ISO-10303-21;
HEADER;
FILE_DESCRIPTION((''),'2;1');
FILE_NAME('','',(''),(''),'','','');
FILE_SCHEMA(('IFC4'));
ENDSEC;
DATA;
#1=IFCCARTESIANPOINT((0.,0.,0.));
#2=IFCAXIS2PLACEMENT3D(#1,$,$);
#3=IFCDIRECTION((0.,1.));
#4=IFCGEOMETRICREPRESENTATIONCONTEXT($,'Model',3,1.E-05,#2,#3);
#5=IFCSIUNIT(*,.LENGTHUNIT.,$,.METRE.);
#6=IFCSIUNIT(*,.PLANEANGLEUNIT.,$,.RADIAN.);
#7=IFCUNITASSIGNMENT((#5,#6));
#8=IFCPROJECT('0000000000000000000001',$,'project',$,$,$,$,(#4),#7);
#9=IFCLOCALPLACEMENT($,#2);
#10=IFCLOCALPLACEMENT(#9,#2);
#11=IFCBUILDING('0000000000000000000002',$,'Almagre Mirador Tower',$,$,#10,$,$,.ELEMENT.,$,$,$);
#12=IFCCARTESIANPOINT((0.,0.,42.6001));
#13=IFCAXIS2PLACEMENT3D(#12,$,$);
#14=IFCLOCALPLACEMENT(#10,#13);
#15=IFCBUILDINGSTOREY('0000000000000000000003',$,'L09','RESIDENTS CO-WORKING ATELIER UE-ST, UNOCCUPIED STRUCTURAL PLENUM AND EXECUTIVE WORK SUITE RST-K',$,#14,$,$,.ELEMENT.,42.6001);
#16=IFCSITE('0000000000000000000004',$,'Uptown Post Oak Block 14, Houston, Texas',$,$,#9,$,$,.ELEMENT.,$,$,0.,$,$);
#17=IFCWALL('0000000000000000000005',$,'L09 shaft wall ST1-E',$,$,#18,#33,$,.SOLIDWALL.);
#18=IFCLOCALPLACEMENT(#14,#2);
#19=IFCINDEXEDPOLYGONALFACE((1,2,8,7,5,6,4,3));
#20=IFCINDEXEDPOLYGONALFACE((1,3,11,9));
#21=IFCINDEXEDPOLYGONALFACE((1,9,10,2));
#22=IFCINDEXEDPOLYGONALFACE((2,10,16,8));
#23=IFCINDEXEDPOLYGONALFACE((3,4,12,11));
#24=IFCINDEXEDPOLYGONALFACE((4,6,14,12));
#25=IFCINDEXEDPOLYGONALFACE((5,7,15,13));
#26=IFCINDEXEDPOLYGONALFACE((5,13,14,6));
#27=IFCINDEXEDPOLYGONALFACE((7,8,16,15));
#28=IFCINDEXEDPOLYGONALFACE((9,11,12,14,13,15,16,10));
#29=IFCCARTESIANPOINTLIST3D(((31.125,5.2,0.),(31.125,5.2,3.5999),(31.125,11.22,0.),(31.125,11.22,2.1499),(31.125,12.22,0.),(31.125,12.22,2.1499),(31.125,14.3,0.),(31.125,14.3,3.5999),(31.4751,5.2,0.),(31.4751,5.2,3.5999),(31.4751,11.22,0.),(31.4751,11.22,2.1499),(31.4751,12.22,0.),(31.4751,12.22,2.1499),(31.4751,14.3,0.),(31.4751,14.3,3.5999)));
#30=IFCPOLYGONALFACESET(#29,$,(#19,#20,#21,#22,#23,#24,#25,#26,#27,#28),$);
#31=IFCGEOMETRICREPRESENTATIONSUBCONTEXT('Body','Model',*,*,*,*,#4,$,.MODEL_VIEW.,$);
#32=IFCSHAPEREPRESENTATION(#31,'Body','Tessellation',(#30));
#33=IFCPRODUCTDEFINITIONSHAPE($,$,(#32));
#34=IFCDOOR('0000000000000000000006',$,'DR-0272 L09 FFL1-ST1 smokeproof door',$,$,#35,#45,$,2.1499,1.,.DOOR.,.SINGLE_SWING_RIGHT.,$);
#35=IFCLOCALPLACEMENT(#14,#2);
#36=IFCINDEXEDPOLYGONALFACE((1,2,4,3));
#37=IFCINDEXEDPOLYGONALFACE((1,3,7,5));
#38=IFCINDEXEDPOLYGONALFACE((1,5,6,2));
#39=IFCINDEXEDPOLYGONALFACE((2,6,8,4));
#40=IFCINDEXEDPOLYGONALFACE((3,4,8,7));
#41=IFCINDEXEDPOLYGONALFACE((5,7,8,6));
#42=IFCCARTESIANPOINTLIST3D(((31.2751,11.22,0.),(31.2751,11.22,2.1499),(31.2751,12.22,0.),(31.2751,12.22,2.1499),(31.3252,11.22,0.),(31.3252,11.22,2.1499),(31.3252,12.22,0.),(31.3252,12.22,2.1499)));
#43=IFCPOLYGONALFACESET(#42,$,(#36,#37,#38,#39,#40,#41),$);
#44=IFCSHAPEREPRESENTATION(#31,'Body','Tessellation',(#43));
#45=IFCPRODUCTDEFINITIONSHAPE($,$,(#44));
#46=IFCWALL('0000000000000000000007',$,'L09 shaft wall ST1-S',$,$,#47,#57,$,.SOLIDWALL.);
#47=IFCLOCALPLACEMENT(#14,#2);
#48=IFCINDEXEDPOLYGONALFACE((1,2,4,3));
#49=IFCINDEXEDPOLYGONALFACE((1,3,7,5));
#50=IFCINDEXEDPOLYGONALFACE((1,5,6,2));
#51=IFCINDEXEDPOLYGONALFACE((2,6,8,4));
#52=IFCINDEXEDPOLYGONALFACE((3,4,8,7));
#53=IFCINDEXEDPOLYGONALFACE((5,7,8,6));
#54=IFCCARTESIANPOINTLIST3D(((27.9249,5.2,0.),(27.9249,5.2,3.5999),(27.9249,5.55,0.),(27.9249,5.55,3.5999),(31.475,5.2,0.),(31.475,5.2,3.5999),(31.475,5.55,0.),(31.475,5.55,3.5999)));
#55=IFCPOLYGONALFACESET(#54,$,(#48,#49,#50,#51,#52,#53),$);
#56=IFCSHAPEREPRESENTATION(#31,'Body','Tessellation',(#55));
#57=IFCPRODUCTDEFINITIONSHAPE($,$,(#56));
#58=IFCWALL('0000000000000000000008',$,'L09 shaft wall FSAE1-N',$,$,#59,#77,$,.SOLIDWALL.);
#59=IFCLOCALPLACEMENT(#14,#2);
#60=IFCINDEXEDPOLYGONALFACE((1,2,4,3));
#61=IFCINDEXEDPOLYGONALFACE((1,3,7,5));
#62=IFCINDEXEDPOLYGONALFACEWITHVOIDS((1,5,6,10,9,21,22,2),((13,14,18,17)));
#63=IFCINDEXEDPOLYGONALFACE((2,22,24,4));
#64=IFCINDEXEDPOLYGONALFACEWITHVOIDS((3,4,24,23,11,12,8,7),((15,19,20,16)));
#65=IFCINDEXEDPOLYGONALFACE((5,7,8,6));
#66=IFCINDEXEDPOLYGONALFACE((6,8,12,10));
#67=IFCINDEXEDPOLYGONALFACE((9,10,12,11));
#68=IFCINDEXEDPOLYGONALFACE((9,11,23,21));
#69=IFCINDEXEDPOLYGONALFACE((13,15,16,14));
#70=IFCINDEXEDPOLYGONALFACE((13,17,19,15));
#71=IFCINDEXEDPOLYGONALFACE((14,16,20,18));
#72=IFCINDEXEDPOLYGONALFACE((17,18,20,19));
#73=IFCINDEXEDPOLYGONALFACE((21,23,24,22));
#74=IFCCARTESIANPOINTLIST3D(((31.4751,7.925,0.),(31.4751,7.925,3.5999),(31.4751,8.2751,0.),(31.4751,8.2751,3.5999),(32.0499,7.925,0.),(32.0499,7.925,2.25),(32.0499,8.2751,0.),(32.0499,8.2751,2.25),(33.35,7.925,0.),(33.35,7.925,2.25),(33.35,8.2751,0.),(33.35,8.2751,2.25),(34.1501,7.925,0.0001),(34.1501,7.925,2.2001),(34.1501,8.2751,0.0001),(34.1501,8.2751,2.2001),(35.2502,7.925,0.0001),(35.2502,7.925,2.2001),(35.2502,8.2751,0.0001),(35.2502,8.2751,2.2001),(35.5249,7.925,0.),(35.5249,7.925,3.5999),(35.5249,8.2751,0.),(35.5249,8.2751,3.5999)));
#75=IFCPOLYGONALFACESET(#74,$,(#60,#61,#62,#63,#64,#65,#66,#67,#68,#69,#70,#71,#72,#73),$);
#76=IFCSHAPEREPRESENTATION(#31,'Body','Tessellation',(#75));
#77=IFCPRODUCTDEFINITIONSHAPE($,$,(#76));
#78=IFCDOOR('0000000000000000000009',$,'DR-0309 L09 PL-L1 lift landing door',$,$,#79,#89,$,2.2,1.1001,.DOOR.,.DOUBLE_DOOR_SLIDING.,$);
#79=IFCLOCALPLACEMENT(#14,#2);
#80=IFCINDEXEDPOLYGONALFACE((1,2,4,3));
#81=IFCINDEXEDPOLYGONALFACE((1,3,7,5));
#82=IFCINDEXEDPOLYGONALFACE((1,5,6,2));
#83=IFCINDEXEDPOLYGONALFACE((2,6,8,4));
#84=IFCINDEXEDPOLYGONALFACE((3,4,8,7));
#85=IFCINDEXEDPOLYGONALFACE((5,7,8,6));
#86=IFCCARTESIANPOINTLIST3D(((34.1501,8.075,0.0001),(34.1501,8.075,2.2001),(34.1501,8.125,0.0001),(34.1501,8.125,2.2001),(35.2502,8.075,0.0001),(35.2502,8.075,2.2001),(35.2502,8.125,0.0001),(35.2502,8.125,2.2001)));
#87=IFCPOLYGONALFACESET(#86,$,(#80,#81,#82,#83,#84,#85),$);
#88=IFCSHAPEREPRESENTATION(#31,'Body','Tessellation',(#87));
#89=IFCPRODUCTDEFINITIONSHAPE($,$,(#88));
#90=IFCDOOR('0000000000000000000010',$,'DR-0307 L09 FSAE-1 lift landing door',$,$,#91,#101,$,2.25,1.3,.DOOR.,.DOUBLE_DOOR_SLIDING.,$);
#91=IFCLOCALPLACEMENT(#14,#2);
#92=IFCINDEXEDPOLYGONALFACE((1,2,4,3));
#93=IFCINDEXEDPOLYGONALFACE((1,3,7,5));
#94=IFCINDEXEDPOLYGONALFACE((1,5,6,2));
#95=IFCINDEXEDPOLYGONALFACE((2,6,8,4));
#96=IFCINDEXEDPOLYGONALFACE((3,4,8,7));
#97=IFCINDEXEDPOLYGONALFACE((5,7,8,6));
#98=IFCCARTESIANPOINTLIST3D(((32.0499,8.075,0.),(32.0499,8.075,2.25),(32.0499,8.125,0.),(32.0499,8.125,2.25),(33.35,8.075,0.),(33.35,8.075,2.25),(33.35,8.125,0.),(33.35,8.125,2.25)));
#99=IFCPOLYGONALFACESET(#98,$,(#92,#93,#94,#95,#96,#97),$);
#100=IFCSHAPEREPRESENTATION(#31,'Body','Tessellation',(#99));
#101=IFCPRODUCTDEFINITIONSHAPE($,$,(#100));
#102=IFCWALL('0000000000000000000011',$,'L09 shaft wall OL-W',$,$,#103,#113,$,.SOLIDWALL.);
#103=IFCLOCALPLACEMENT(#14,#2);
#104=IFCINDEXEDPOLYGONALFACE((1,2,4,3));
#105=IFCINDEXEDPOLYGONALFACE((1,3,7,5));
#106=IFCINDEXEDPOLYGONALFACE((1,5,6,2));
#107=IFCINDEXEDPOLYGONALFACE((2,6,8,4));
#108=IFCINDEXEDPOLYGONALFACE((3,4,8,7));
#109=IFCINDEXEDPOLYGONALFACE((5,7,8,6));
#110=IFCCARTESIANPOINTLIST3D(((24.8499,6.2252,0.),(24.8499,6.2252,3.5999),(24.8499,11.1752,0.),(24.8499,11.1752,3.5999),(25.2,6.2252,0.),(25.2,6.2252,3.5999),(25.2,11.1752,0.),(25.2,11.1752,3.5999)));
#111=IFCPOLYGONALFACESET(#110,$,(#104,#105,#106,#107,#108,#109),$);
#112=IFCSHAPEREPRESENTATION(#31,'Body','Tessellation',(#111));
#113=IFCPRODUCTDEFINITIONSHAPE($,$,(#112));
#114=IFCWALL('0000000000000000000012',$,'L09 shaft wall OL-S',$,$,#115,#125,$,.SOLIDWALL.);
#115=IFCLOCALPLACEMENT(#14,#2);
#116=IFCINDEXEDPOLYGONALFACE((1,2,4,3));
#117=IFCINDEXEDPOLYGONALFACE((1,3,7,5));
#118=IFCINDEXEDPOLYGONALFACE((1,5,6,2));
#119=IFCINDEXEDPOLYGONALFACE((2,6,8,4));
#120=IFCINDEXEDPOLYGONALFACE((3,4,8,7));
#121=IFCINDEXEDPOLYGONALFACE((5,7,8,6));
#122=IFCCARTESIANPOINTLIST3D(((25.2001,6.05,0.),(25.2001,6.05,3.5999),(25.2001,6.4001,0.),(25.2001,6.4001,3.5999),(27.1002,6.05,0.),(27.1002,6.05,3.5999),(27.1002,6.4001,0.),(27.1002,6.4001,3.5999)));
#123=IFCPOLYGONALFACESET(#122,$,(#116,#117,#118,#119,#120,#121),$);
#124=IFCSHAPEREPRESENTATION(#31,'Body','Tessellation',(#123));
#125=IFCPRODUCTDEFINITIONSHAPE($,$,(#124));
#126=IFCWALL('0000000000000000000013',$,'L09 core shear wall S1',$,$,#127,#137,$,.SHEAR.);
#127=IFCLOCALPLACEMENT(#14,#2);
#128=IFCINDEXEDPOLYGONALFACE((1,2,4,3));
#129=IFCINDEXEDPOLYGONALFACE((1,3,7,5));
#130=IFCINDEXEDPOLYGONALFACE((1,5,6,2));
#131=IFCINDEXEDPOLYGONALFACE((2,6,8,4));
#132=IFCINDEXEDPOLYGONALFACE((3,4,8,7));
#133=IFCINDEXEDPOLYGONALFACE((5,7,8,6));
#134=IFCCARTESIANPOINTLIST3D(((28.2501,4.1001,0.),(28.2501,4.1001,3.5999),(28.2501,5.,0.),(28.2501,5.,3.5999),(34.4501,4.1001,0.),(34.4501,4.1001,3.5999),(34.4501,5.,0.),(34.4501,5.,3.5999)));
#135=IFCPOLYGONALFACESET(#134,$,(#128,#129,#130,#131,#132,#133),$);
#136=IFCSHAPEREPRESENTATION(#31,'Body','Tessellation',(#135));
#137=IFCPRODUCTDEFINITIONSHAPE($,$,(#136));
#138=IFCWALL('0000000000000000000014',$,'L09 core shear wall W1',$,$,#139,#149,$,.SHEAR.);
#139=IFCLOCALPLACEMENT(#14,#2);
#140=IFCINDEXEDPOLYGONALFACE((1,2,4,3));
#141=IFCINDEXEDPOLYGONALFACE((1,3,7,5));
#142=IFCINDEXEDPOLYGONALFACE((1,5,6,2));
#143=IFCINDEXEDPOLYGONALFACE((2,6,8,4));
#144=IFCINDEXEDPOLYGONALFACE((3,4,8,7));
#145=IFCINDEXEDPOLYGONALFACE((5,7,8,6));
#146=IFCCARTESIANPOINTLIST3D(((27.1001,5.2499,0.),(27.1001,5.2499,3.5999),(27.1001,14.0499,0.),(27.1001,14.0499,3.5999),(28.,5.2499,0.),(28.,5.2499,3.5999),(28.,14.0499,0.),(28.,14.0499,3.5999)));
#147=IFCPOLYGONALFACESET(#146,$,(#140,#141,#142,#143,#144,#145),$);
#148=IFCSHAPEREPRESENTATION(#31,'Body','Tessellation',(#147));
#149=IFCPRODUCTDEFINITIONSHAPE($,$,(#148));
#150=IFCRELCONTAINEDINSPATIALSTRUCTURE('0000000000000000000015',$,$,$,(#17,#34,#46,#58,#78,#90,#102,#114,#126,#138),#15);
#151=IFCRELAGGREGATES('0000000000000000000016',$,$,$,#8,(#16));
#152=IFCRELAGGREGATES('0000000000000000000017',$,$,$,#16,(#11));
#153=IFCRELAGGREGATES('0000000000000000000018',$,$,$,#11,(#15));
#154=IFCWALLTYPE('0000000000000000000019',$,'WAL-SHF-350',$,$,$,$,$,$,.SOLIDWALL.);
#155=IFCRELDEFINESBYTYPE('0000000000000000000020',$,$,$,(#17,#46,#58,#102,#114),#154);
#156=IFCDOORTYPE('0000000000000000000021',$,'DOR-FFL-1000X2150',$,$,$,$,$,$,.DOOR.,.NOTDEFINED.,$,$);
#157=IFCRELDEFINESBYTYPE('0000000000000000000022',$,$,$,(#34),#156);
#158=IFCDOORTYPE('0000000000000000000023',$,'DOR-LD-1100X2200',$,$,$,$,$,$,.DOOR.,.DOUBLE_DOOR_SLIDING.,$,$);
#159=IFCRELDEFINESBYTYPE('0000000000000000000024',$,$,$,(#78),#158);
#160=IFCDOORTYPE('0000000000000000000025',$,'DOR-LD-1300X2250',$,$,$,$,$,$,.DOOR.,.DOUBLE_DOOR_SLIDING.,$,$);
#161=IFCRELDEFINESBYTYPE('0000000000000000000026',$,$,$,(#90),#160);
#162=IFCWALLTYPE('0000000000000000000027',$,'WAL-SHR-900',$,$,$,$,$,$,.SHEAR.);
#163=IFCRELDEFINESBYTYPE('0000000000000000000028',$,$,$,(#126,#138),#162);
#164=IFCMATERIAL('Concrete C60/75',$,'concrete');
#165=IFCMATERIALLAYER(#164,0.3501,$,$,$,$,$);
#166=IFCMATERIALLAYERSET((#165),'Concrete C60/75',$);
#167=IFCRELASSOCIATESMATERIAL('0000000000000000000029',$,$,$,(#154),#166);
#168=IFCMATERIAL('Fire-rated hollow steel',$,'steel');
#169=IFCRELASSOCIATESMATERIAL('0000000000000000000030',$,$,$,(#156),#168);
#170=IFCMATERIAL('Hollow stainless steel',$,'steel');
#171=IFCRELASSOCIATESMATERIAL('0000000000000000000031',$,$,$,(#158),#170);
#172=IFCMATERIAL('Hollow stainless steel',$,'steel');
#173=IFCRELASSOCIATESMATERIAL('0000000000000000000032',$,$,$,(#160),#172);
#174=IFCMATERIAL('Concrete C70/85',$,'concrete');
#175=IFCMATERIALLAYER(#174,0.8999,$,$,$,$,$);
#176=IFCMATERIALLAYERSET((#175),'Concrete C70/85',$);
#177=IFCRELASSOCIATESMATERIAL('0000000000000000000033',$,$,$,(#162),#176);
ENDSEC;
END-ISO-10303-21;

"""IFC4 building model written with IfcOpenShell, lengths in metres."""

from ifc_helpers import new_model, si_unit, direction, frame, frame_2d, origin, place, context, subcontext, project, spatial, rectangle, extrude, material, layer, layer_set, type_object, element, fill, save


model = new_model("IFC4")

# Units and contexts
model_context = context("Model", 3, precision=1e-05, world=origin(), true_north=direction((0.0, 1.0)))
body_context = subcontext(model_context, "Body", "Model", "MODEL_VIEW")
ifc_project = project(units=[si_unit("LENGTHUNIT", "METRE"), si_unit("PLANEANGLEUNIT", "RADIAN")], contexts=[model_context])

# Site, building, storey
site_placement = place(None, origin())
site = spatial("IfcSite", under=ifc_project, at=site_placement, Name="Uptown Post Oak Block 14, Houston, Texas", CompositionType="ELEMENT", RefElevation=0.0)
building_placement = place(site_placement, origin())
building = spatial("IfcBuilding", under=site, at=building_placement, Name="Almagre Mirador Tower", CompositionType="ELEMENT")
storey_placement = place(building_placement, frame((0.0, 0.0, 42.6001)))
storey = spatial("IfcBuildingStorey", under=building, at=storey_placement, Name="L09", Description="RESIDENTS CO-WORKING ATELIER UE-ST, UNOCCUPIED STRUCTURAL PLENUM AND EXECUTIVE WORK SUITE RST-K", CompositionType="ELEMENT", Elevation=42.6001)

# Shared definitions
ifc_material_1 = material(Name="Concrete C60/75", Category="concrete")
ifc_layer_1 = layer(ifc_material_1, 0.3501)
ifc_layer_set_1 = layer_set([ifc_layer_1], Name="Concrete C60/75")
wall_type_1 = type_object("IfcWallType", Name="WAL-SHF-350", PredefinedType="SOLIDWALL", material=ifc_layer_set_1)

# Wall, opening, door
wall_1_placement = place(storey_placement, frame((31.3, 5.2, 0.0), z_axis=(0.0, 0.0, 1.0), x_axis=(0.0, 1.0, 0.0)))
wall_1 = element("IfcWall", 1, at=wall_1_placement, inside=storey, type_object=wall_type_1, Name="L09 shaft wall ST1-E", PredefinedType="SOLIDWALL", context=body_context, shape_type="SweptSolid", body=[
    extrude(rectangle(XDim=9.1001, YDim=0.3501, at=frame_2d((4.55, 0.0))), origin(), (0.0, 0.0, 1.0), 3.5999),
])
opening_1_placement = place(wall_1_placement, frame((6.02, 0.0, 0.0)))
opening_1 = element("IfcOpeningElement", 2, at=opening_1_placement, cuts=wall_1, PredefinedType="OPENING", context=body_context, shape_type="SweptSolid", body=[
    extrude(rectangle(XDim=1.0, YDim=2.1499, at=frame_2d((0.5, 1.075))), frame((0.0, 0.185, 0.0), z_axis=(0.0, -1.0, 0.0), x_axis=(1.0, 0.0, 0.0)), (0.0, 0.0, 1.0), 0.3701),
])
ifc_material_2 = material(Name="Fire-rated hollow steel", Category="steel")
door_type_1 = type_object("IfcDoorType", Name="DOR-FFL-1000X2150", OperationType="NOTDEFINED", PredefinedType="DOOR", material=ifc_material_2)
door_1_placement = place(opening_1_placement, origin())
door_1 = element("IfcDoor", 3, at=door_1_placement, inside=storey, type_object=door_type_1, Name="DR-0272 L09 FFL1-ST1 smokeproof door", OperationType="SINGLE_SWING_RIGHT", OverallHeight=2.1499, OverallWidth=1.0, PredefinedType="DOOR", context=body_context, shape_type="SweptSolid", body=[
    extrude(rectangle(XDim=1.0, YDim=2.1499, at=frame_2d((0.5, 1.075))), frame((0.0, 0.0249, 0.0), z_axis=(0.0, -1.0, 0.0), x_axis=(1.0, 0.0, 0.0)), (0.0, 0.0, 1.0), 0.05),
])
fill(opening_1, door_1)

# Wall
wall_2_placement = place(storey_placement, frame((27.925, 5.375, 0.0), z_axis=(0.0, 0.0, 1.0), x_axis=(1.0, 0.0, 0.0)))
element("IfcWall", 4, at=wall_2_placement, inside=storey, type_object=wall_type_1, Name="L09 shaft wall ST1-S", PredefinedType="SOLIDWALL", context=body_context, shape_type="SweptSolid", body=[
    extrude(rectangle(XDim=3.55, YDim=0.3501, at=frame_2d((1.7749, 0.0))), origin(), (0.0, 0.0, 1.0), 3.5999),
])

# Wall, openings, doors
wall_3_placement = place(storey_placement, frame((31.4751, 8.1001, 0.0), z_axis=(0.0, 0.0, 1.0), x_axis=(1.0, 0.0, 0.0)))
wall_3 = element("IfcWall", 5, at=wall_3_placement, inside=storey, type_object=wall_type_1, Name="L09 shaft wall FSAE1-N", PredefinedType="SOLIDWALL", context=body_context, shape_type="SweptSolid", body=[
    extrude(rectangle(XDim=4.0498, YDim=0.3501, at=frame_2d((2.0249, 0.0))), origin(), (0.0, 0.0, 1.0), 3.5999),
])
opening_2_placement = place(wall_3_placement, frame((0.575, 0.0, 0.0)))
opening_2 = element("IfcOpeningElement", 6, at=opening_2_placement, cuts=wall_3, PredefinedType="OPENING", context=body_context, shape_type="SweptSolid", body=[
    extrude(rectangle(XDim=1.3, YDim=2.25, at=frame_2d((0.6499, 1.125))), frame((0.0, 0.185, 0.0), z_axis=(0.0, -1.0, 0.0), x_axis=(1.0, 0.0, 0.0)), (0.0, 0.0, 1.0), 0.3701),
])
opening_3_placement = place(wall_3_placement, frame((2.675, 0.0, 0.0)))
opening_3 = element("IfcOpeningElement", 7, at=opening_3_placement, cuts=wall_3, PredefinedType="OPENING", context=body_context, shape_type="SweptSolid", body=[
    extrude(rectangle(XDim=1.1001, YDim=2.2, at=frame_2d((0.55, 1.1001))), frame((0.0, 0.185, 0.0), z_axis=(0.0, -1.0, 0.0), x_axis=(1.0, 0.0, 0.0)), (0.0, 0.0, 1.0), 0.3701),
])
ifc_material_3 = material(Name="Hollow stainless steel", Category="steel")
door_type_2 = type_object("IfcDoorType", Name="DOR-LD-1100X2200", OperationType="DOUBLE_DOOR_SLIDING", PredefinedType="DOOR", material=ifc_material_3)
door_2_placement = place(opening_3_placement, origin())
door_2 = element("IfcDoor", 8, at=door_2_placement, inside=storey, type_object=door_type_2, Name="DR-0309 L09 PL-L1 lift landing door", OperationType="DOUBLE_DOOR_SLIDING", OverallHeight=2.2, OverallWidth=1.1001, PredefinedType="DOOR", context=body_context, shape_type="SweptSolid", body=[
    extrude(rectangle(XDim=1.1001, YDim=2.2, at=frame_2d((0.55, 1.1001))), frame((0.0, 0.0249, 0.0), z_axis=(0.0, -1.0, 0.0), x_axis=(1.0, 0.0, 0.0)), (0.0, 0.0, 1.0), 0.05),
])
fill(opening_3, door_2)
ifc_material_4 = material(Name="Hollow stainless steel", Category="steel")
door_type_3 = type_object("IfcDoorType", Name="DOR-LD-1300X2250", OperationType="DOUBLE_DOOR_SLIDING", PredefinedType="DOOR", material=ifc_material_4)
door_3_placement = place(opening_2_placement, origin())
door_3 = element("IfcDoor", 9, at=door_3_placement, inside=storey, type_object=door_type_3, Name="DR-0307 L09 FSAE-1 lift landing door", OperationType="DOUBLE_DOOR_SLIDING", OverallHeight=2.25, OverallWidth=1.3, PredefinedType="DOOR", context=body_context, shape_type="SweptSolid", body=[
    extrude(rectangle(XDim=1.3, YDim=2.25, at=frame_2d((0.6499, 1.125))), frame((0.0, 0.0249, 0.0), z_axis=(0.0, -1.0, 0.0), x_axis=(1.0, 0.0, 0.0)), (0.0, 0.0, 1.0), 0.05),
])
fill(opening_2, door_3)

# Walls
wall_4_placement = place(storey_placement, frame((25.0249, 6.2251, 0.0), z_axis=(0.0, 0.0, 1.0), x_axis=(0.0, 1.0, 0.0)))
element("IfcWall", 10, at=wall_4_placement, inside=storey, type_object=wall_type_1, Name="L09 shaft wall OL-W", PredefinedType="SOLIDWALL", context=body_context, shape_type="SweptSolid", body=[
    extrude(rectangle(XDim=4.95, YDim=0.3501, at=frame_2d((2.4751, 0.0))), origin(), (0.0, 0.0, 1.0), 3.5999),
])
wall_5_placement = place(storey_placement, frame((25.2, 6.2251, 0.0), z_axis=(0.0, 0.0, 1.0), x_axis=(1.0, 0.0, 0.0)))
element("IfcWall", 11, at=wall_5_placement, inside=storey, type_object=wall_type_1, Name="L09 shaft wall OL-S", PredefinedType="SOLIDWALL", context=body_context, shape_type="SweptSolid", body=[
    extrude(rectangle(XDim=1.9001, YDim=0.3501, at=frame_2d((0.9502, 0.0))), origin(), (0.0, 0.0, 1.0), 3.5999),
])
ifc_material_5 = material(Name="Concrete C70/85", Category="concrete")
ifc_layer_2 = layer(ifc_material_5, 0.8999)
ifc_layer_set_2 = layer_set([ifc_layer_2], Name="Concrete C70/85")
wall_type_2 = type_object("IfcWallType", Name="WAL-SHR-900", PredefinedType="SHEAR", material=ifc_layer_set_2)
wall_6_placement = place(storey_placement, frame((28.25, 4.55, 0.0), z_axis=(0.0, 0.0, 1.0), x_axis=(1.0, 0.0, 0.0)))
element("IfcWall", 12, at=wall_6_placement, inside=storey, type_object=wall_type_2, Name="L09 core shear wall S1", PredefinedType="SHEAR", context=body_context, shape_type="SweptSolid", body=[
    extrude(rectangle(XDim=6.2, YDim=0.8999, at=frame_2d((3.1001, 0.0))), origin(), (0.0, 0.0, 1.0), 3.5999),
])
wall_7_placement = place(storey_placement, frame((27.55, 5.25, 0.0), z_axis=(0.0, 0.0, 1.0), x_axis=(0.0, 1.0, 0.0)))
element("IfcWall", 13, at=wall_7_placement, inside=storey, type_object=wall_type_2, Name="L09 core shear wall W1", PredefinedType="SHEAR", context=body_context, shape_type="SweptSolid", body=[
    extrude(rectangle(XDim=8.8, YDim=0.8999, at=frame_2d((4.3999, 0.0))), origin(), (0.0, 0.0, 1.0), 3.5999),
])

save(model, "model.ifc")
